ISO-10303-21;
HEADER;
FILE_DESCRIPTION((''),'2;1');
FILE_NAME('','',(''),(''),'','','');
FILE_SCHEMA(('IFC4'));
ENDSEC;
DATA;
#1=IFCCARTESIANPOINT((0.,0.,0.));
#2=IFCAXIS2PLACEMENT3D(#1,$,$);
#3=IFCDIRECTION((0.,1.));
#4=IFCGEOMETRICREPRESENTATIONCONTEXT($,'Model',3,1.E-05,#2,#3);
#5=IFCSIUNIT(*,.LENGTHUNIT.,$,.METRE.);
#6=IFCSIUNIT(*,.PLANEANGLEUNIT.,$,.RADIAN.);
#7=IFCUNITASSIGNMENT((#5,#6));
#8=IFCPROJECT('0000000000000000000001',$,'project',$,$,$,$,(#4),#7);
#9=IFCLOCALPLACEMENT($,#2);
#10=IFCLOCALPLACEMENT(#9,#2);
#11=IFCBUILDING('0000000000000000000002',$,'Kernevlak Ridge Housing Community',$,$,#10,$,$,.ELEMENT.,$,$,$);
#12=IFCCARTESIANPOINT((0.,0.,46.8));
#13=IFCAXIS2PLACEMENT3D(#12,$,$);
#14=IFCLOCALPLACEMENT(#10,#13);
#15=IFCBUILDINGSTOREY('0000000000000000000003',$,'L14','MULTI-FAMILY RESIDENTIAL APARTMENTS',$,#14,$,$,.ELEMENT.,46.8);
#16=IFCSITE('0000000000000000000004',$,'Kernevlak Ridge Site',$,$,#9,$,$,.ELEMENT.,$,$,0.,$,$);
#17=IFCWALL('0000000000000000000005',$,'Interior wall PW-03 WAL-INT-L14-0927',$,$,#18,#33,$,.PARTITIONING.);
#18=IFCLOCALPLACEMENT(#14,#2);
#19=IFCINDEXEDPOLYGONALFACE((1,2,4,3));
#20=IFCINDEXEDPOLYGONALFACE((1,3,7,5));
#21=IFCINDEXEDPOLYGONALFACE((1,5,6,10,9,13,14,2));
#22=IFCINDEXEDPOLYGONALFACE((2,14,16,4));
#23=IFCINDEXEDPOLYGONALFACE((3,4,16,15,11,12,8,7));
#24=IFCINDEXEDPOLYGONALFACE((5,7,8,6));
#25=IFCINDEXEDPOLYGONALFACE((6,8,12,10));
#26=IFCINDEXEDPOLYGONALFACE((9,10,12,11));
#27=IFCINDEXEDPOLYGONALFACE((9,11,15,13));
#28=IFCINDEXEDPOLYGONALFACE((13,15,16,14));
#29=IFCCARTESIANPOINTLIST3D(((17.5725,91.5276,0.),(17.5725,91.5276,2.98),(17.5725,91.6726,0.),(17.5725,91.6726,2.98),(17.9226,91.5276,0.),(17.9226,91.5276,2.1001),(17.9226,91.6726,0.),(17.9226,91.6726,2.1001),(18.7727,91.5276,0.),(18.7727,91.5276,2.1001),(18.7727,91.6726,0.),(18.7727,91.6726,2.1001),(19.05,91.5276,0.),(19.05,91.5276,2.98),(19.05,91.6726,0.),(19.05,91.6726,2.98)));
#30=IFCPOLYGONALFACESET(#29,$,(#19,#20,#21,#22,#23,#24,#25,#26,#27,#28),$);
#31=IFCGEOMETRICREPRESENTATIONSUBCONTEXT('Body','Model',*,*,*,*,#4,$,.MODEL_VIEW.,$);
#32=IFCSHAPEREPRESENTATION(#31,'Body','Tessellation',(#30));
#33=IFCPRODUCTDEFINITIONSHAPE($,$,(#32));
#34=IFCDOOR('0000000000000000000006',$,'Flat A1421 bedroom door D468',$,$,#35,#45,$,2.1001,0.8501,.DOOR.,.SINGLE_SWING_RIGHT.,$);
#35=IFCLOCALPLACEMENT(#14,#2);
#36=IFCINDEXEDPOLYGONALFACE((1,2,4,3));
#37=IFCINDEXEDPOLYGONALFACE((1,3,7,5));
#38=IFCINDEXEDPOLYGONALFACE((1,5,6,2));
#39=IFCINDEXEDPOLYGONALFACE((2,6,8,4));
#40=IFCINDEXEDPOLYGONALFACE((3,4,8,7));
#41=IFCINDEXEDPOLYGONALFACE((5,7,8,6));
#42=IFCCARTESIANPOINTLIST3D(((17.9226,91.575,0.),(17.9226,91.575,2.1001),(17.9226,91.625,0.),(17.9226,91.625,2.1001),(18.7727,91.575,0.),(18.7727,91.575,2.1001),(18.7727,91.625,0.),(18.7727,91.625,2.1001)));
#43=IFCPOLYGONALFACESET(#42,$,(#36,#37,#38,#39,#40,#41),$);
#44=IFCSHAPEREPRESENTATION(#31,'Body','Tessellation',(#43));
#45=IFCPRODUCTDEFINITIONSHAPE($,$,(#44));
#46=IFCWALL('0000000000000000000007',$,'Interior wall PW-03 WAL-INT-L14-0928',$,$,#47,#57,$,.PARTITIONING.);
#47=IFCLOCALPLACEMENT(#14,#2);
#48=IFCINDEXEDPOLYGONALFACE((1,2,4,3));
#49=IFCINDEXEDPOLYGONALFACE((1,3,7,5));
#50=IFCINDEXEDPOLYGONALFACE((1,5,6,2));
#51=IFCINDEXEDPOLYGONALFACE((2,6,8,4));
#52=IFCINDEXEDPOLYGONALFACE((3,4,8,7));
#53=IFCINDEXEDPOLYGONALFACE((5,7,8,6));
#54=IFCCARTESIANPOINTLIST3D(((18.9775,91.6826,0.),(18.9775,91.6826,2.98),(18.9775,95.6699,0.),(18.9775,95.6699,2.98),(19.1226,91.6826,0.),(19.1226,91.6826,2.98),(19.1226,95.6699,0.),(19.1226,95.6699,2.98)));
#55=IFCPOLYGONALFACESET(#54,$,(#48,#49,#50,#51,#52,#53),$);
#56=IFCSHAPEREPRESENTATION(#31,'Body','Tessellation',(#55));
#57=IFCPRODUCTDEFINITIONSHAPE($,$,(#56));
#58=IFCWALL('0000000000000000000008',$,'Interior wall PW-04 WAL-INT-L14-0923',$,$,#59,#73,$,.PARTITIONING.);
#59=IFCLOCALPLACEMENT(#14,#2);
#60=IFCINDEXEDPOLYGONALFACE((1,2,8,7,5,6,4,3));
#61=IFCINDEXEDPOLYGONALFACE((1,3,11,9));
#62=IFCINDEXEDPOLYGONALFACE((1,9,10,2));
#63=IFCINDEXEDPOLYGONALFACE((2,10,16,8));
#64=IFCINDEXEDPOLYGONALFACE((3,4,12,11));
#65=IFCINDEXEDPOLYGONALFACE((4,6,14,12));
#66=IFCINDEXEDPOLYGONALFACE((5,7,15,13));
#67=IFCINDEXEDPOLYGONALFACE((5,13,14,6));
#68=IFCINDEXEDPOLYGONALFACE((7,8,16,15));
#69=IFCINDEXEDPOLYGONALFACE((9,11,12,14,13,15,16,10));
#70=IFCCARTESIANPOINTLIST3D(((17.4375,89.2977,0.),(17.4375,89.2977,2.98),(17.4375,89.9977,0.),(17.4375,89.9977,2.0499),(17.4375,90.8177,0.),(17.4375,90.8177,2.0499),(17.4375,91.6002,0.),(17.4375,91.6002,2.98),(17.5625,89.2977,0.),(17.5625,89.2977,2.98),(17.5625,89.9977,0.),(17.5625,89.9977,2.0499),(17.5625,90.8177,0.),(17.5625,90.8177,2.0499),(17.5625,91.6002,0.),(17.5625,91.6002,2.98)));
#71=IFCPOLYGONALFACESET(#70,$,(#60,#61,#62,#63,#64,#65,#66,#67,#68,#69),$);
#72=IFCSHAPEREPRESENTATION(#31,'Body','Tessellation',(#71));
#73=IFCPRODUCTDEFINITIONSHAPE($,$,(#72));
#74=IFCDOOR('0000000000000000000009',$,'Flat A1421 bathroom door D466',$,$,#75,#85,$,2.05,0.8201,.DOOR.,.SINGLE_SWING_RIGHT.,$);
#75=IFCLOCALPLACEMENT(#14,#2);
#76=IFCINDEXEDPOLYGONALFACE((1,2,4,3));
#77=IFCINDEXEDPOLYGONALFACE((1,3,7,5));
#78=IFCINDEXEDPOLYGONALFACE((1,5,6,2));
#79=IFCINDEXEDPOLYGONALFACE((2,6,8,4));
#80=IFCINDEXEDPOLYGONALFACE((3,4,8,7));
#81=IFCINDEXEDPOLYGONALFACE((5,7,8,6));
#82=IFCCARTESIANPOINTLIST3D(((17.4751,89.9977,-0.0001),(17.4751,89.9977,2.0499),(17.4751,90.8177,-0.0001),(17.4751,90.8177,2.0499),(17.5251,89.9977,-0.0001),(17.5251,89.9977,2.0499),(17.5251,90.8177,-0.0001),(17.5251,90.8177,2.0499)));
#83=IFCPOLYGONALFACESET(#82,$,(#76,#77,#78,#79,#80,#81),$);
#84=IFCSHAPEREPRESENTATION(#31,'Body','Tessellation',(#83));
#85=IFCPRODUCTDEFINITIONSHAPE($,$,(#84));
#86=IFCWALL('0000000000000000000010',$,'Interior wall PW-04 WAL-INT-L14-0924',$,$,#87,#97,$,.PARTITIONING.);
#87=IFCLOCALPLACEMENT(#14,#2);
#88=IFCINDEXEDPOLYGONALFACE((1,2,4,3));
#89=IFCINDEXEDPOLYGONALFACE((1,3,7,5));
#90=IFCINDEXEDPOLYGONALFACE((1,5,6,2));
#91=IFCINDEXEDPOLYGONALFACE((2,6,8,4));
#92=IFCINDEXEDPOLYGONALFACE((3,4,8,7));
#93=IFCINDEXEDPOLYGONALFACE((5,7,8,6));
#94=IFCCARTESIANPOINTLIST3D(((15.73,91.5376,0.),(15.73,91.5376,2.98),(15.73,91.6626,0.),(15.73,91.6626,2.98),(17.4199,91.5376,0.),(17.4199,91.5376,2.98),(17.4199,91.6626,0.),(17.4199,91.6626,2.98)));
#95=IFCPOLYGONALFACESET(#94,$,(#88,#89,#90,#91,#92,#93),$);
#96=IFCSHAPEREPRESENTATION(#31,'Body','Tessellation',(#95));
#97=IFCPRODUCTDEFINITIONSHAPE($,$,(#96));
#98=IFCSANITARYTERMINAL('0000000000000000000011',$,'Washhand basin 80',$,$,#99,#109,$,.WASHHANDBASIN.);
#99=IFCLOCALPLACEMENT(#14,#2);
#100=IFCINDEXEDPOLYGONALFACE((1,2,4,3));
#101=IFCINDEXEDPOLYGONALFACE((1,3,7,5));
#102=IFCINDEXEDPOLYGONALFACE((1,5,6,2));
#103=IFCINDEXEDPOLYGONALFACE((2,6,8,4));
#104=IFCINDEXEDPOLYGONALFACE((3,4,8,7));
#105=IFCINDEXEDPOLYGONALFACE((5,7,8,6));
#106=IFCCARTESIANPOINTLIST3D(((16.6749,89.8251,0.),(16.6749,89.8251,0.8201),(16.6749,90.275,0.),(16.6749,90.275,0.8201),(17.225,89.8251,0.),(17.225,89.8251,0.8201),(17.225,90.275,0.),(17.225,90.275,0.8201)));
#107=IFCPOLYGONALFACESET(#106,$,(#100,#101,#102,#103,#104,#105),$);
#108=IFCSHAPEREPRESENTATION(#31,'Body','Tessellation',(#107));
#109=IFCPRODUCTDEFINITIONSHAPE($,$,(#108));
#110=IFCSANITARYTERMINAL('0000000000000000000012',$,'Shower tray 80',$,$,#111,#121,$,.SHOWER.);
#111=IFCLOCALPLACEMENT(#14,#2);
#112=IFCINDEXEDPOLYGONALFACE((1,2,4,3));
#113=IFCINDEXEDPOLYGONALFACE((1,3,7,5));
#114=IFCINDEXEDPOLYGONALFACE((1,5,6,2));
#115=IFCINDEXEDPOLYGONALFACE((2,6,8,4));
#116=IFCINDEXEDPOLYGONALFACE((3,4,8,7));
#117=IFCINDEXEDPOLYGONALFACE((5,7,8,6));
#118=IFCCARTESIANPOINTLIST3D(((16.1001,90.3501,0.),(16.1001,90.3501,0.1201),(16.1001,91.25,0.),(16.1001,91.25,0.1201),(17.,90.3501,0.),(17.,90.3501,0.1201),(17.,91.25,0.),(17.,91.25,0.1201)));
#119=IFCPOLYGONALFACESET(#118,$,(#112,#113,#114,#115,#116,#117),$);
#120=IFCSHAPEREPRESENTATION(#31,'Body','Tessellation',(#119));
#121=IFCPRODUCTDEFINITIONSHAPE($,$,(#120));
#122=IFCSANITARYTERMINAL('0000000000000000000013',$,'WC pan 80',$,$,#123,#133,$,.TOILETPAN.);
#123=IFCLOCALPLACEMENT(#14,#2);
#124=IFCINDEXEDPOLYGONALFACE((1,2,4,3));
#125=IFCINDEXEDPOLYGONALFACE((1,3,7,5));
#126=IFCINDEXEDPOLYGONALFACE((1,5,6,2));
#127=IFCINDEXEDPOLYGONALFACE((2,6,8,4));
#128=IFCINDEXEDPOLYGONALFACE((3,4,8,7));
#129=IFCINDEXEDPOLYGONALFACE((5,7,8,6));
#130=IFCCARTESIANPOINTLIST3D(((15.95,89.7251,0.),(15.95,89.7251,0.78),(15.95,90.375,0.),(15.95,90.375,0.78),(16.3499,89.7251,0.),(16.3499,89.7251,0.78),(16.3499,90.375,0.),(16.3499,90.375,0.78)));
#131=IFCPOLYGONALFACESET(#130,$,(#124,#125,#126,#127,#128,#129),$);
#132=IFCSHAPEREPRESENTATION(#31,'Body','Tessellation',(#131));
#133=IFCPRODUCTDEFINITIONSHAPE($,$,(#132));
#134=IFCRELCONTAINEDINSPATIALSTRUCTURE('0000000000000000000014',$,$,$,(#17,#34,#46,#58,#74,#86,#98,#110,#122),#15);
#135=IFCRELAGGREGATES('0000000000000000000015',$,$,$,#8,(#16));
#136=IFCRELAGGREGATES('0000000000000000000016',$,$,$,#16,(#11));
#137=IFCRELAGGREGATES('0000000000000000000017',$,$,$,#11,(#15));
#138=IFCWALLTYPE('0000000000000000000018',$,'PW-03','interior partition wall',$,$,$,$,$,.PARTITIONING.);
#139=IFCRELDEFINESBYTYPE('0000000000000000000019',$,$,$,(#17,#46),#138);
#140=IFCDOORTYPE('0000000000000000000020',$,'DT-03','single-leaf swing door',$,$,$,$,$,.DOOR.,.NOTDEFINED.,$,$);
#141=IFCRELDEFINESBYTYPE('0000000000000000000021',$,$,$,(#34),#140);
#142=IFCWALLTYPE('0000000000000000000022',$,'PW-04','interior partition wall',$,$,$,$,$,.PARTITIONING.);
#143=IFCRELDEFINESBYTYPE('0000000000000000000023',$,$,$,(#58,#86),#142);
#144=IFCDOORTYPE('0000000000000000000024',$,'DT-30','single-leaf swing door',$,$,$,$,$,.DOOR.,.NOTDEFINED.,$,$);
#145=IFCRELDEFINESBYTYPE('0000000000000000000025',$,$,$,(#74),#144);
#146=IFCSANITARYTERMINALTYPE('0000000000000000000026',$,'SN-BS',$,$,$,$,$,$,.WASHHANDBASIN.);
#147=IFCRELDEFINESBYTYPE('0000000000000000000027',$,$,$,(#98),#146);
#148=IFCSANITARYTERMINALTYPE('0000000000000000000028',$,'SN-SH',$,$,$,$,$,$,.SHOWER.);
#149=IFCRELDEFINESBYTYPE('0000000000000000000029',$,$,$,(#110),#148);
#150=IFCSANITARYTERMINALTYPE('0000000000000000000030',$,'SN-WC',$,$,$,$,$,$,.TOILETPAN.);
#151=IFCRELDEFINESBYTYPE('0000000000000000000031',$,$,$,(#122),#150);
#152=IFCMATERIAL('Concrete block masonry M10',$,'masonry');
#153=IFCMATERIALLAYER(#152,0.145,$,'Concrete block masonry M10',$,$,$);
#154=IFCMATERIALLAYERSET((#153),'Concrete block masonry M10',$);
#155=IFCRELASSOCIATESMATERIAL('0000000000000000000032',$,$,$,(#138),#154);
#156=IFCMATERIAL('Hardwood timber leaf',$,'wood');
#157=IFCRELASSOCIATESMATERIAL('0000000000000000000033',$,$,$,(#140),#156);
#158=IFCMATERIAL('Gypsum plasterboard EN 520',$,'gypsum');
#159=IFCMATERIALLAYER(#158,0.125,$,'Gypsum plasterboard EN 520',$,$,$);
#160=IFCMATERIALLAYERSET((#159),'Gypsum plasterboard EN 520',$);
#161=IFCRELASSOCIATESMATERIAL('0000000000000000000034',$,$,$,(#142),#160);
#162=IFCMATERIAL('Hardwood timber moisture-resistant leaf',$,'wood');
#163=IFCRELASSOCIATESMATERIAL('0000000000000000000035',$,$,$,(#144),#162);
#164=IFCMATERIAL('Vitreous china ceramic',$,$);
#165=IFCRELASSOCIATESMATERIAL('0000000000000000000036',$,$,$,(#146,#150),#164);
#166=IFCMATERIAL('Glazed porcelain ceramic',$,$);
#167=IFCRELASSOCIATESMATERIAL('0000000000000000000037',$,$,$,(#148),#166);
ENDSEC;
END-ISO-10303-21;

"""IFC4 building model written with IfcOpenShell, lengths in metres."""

from ifc_helpers import new_model, si_unit, direction, frame, frame_2d, origin, origin_2d, place, context, subcontext, project, spatial, rectangle, extrude, material, layer, layer_set, type_object, element, fill, save


model = new_model("IFC4")

# Units and contexts
model_context = context("Model", 3, precision=1e-05, world=origin(), true_north=direction((0.0, 1.0)))
body_context = subcontext(model_context, "Body", "Model", "MODEL_VIEW")
ifc_project = project(units=[si_unit("LENGTHUNIT", "METRE"), si_unit("PLANEANGLEUNIT", "RADIAN")], contexts=[model_context])

# Site, building, storey
site_placement = place(None, origin())
site = spatial("IfcSite", under=ifc_project, at=site_placement, Name="Kernevlak Ridge Site", CompositionType="ELEMENT", RefElevation=0.0)
building_placement = place(site_placement, origin())
building = spatial("IfcBuilding", under=site, at=building_placement, Name="Kernevlak Ridge Housing Community", CompositionType="ELEMENT")
storey_placement = place(building_placement, frame((0.0, 0.0, 46.8)))
storey = spatial("IfcBuildingStorey", under=building, at=storey_placement, Name="L14", Description="MULTI-FAMILY RESIDENTIAL APARTMENTS", CompositionType="ELEMENT", Elevation=46.8)

# Shared definitions
ifc_material_1 = material(Name="Concrete block masonry M10", Category="masonry")

# Wall, opening, door
ifc_layer_1 = layer(ifc_material_1, 0.145, Name="Concrete block masonry M10")
ifc_layer_set_1 = layer_set([ifc_layer_1], Name="Concrete block masonry M10")
wall_type_1 = type_object("IfcWallType", Name="PW-03", Description="interior partition wall", PredefinedType="PARTITIONING", material=ifc_layer_set_1)
wall_1_placement = place(storey_placement, frame((17.5725, 91.6001, 0.0), z_axis=(0.0, 0.0, 1.0), x_axis=(1.0, 0.0, 0.0)))
wall_1 = element("IfcWall", 1, at=wall_1_placement, inside=storey, type_object=wall_type_1, Name="Interior wall PW-03 WAL-INT-L14-0927", PredefinedType="PARTITIONING", context=body_context, shape_type="SweptSolid", body=[
    extrude(rectangle(XDim=1.4775, YDim=0.145, at=frame_2d((0.7388, 0.0))), origin(), (0.0, 0.0, 1.0), 2.98),
])
opening_1_placement = place(wall_1_placement, frame((0.3501, 0.0, 0.0)))
opening_1 = element("IfcOpeningElement", 2, at=opening_1_placement, cuts=wall_1, PredefinedType="OPENING", context=body_context, shape_type="SweptSolid", body=[
    extrude(rectangle(XDim=0.8501, YDim=2.1001, at=frame_2d((0.425, 1.05))), frame((0.0, 0.0825, 0.0), z_axis=(0.0, -1.0, 0.0), x_axis=(1.0, 0.0, 0.0)), (0.0, 0.0, 1.0), 0.165),
])
ifc_material_2 = material(Name="Hardwood timber leaf", Category="wood")
door_type_1 = type_object("IfcDoorType", Name="DT-03", Description="single-leaf swing door", OperationType="NOTDEFINED", PredefinedType="DOOR", material=ifc_material_2)
door_1_placement = place(opening_1_placement, origin())
door_1 = element("IfcDoor", 3, at=door_1_placement, inside=storey, type_object=door_type_1, Name="Flat A1421 bedroom door D468", OperationType="SINGLE_SWING_RIGHT", OverallHeight=2.1001, OverallWidth=0.8501, PredefinedType="DOOR", context=body_context, shape_type="SweptSolid", body=[
    extrude(rectangle(XDim=0.8501, YDim=2.1001, at=frame_2d((0.425, 1.05))), frame((0.0, 0.0249, 0.0), z_axis=(0.0, -1.0, 0.0), x_axis=(1.0, 0.0, 0.0)), (0.0, 0.0, 1.0), 0.05),
])
fill(opening_1, door_1)

# Wall
wall_2_placement = place(storey_placement, frame((19.05, 91.6826, 0.0), z_axis=(0.0, 0.0, 1.0), x_axis=(0.0, 1.0, 0.0)))
element("IfcWall", 4, at=wall_2_placement, inside=storey, type_object=wall_type_1, Name="Interior wall PW-03 WAL-INT-L14-0928", PredefinedType="PARTITIONING", context=body_context, shape_type="SweptSolid", body=[
    extrude(rectangle(XDim=3.9873, YDim=0.145, at=frame_2d((1.9937, 0.0))), origin(), (0.0, 0.0, 1.0), 2.98),
])

# Wall, opening, door
ifc_material_3 = material(Name="Gypsum plasterboard EN 520", Category="gypsum")
ifc_layer_2 = layer(ifc_material_3, 0.125, Name="Gypsum plasterboard EN 520")
ifc_layer_set_2 = layer_set([ifc_layer_2], Name="Gypsum plasterboard EN 520")
wall_type_2 = type_object("IfcWallType", Name="PW-04", Description="interior partition wall", PredefinedType="PARTITIONING", material=ifc_layer_set_2)
wall_3_placement = place(storey_placement, frame((17.5, 89.2976, 0.0), z_axis=(0.0, 0.0, 1.0), x_axis=(0.0, 1.0, 0.0)))
wall_3 = element("IfcWall", 5, at=wall_3_placement, inside=storey, type_object=wall_type_2, Name="Interior wall PW-04 WAL-INT-L14-0923", PredefinedType="PARTITIONING", context=body_context, shape_type="SweptSolid", body=[
    extrude(rectangle(XDim=2.3025, YDim=0.125, at=frame_2d((1.1514, 0.0))), origin(), (0.0, 0.0, 1.0), 2.98),
])
opening_2_placement = place(wall_3_placement, frame((0.7, 0.0, 0.0)))
opening_2 = element("IfcOpeningElement", 6, at=opening_2_placement, cuts=wall_3, PredefinedType="OPENING", context=body_context, shape_type="SweptSolid", body=[
    extrude(rectangle(XDim=0.8201, YDim=2.05, at=frame_2d((0.4102, 1.0249))), frame((0.0, 0.0725, 0.0), z_axis=(0.0, -1.0, 0.0), x_axis=(1.0, 0.0, 0.0)), (0.0, 0.0, 1.0), 0.145),
])
ifc_material_4 = material(Name="Hardwood timber moisture-resistant leaf", Category="wood")
door_type_2 = type_object("IfcDoorType", Name="DT-30", Description="single-leaf swing door", OperationType="NOTDEFINED", PredefinedType="DOOR", material=ifc_material_4)
door_2_placement = place(opening_2_placement, origin())
door_2 = element("IfcDoor", 7, at=door_2_placement, inside=storey, type_object=door_type_2, Name="Flat A1421 bathroom door D466", OperationType="SINGLE_SWING_RIGHT", OverallHeight=2.05, OverallWidth=0.8201, PredefinedType="DOOR", context=body_context, shape_type="SweptSolid", body=[
    extrude(rectangle(XDim=0.8201, YDim=2.05, at=frame_2d((0.4102, 1.0249))), frame((0.0, 0.0249, 0.0), z_axis=(0.0, -1.0, 0.0), x_axis=(1.0, 0.0, 0.0)), (0.0, 0.0, 1.0), 0.05),
])
fill(opening_2, door_2)

# Wall
wall_4_placement = place(storey_placement, frame((15.73, 91.6001, 0.0), z_axis=(0.0, 0.0, 1.0), x_axis=(1.0, 0.0, 0.0)))
element("IfcWall", 8, at=wall_4_placement, inside=storey, type_object=wall_type_2, Name="Interior wall PW-04 WAL-INT-L14-0924", PredefinedType="PARTITIONING", context=body_context, shape_type="SweptSolid", body=[
    extrude(rectangle(XDim=1.6899, YDim=0.125, at=frame_2d((0.845, 0.0))), origin(), (0.0, 0.0, 1.0), 2.98),
])

# Sanitary terminals
ifc_material_5 = material(Name="Vitreous china ceramic")
sanitary_terminal_type_1 = type_object("IfcSanitaryTerminalType", Name="SN-BS", PredefinedType="WASHHANDBASIN", material=ifc_material_5)
sanitary_terminal_1_placement = place(storey_placement, frame((16.95, 90.05, 0.0), z_axis=(0.0, 0.0, 1.0), x_axis=(1.0, 0.0, 0.0)))
element("IfcSanitaryTerminal", 9, at=sanitary_terminal_1_placement, inside=storey, type_object=sanitary_terminal_type_1, Name="Washhand basin 80", PredefinedType="WASHHANDBASIN", context=body_context, shape_type="SweptSolid", body=[
    extrude(rectangle(XDim=0.55, YDim=0.45, at=origin_2d()), origin(), (0.0, 0.0, 1.0), 0.8201),
])
ifc_material_6 = material(Name="Glazed porcelain ceramic")
sanitary_terminal_type_2 = type_object("IfcSanitaryTerminalType", Name="SN-SH", PredefinedType="SHOWER", material=ifc_material_6)
sanitary_terminal_2_placement = place(storey_placement, frame((16.55, 90.8, 0.0), z_axis=(0.0, 0.0, 1.0), x_axis=(1.0, 0.0, 0.0)))
element("IfcSanitaryTerminal", 10, at=sanitary_terminal_2_placement, inside=storey, type_object=sanitary_terminal_type_2, Name="Shower tray 80", PredefinedType="SHOWER", context=body_context, shape_type="SweptSolid", body=[
    extrude(rectangle(XDim=0.8999, YDim=0.8999, at=origin_2d()), origin(), (0.0, 0.0, 1.0), 0.1201),
])
sanitary_terminal_type_3 = type_object("IfcSanitaryTerminalType", Name="SN-WC", PredefinedType="TOILETPAN", material=ifc_material_5)
sanitary_terminal_3_placement = place(storey_placement, frame((16.1499, 90.05, 0.0), z_axis=(0.0, 0.0, 1.0), x_axis=(1.0, 0.0, 0.0)))
element("IfcSanitaryTerminal", 11, at=sanitary_terminal_3_placement, inside=storey, type_object=sanitary_terminal_type_3, Name="WC pan 80", PredefinedType="TOILETPAN", context=body_context, shape_type="SweptSolid", body=[
    extrude(rectangle(XDim=0.3999, YDim=0.6499, at=origin_2d()), origin(), (0.0, 0.0, 1.0), 0.78),
])

save(model, "model.ifc")
